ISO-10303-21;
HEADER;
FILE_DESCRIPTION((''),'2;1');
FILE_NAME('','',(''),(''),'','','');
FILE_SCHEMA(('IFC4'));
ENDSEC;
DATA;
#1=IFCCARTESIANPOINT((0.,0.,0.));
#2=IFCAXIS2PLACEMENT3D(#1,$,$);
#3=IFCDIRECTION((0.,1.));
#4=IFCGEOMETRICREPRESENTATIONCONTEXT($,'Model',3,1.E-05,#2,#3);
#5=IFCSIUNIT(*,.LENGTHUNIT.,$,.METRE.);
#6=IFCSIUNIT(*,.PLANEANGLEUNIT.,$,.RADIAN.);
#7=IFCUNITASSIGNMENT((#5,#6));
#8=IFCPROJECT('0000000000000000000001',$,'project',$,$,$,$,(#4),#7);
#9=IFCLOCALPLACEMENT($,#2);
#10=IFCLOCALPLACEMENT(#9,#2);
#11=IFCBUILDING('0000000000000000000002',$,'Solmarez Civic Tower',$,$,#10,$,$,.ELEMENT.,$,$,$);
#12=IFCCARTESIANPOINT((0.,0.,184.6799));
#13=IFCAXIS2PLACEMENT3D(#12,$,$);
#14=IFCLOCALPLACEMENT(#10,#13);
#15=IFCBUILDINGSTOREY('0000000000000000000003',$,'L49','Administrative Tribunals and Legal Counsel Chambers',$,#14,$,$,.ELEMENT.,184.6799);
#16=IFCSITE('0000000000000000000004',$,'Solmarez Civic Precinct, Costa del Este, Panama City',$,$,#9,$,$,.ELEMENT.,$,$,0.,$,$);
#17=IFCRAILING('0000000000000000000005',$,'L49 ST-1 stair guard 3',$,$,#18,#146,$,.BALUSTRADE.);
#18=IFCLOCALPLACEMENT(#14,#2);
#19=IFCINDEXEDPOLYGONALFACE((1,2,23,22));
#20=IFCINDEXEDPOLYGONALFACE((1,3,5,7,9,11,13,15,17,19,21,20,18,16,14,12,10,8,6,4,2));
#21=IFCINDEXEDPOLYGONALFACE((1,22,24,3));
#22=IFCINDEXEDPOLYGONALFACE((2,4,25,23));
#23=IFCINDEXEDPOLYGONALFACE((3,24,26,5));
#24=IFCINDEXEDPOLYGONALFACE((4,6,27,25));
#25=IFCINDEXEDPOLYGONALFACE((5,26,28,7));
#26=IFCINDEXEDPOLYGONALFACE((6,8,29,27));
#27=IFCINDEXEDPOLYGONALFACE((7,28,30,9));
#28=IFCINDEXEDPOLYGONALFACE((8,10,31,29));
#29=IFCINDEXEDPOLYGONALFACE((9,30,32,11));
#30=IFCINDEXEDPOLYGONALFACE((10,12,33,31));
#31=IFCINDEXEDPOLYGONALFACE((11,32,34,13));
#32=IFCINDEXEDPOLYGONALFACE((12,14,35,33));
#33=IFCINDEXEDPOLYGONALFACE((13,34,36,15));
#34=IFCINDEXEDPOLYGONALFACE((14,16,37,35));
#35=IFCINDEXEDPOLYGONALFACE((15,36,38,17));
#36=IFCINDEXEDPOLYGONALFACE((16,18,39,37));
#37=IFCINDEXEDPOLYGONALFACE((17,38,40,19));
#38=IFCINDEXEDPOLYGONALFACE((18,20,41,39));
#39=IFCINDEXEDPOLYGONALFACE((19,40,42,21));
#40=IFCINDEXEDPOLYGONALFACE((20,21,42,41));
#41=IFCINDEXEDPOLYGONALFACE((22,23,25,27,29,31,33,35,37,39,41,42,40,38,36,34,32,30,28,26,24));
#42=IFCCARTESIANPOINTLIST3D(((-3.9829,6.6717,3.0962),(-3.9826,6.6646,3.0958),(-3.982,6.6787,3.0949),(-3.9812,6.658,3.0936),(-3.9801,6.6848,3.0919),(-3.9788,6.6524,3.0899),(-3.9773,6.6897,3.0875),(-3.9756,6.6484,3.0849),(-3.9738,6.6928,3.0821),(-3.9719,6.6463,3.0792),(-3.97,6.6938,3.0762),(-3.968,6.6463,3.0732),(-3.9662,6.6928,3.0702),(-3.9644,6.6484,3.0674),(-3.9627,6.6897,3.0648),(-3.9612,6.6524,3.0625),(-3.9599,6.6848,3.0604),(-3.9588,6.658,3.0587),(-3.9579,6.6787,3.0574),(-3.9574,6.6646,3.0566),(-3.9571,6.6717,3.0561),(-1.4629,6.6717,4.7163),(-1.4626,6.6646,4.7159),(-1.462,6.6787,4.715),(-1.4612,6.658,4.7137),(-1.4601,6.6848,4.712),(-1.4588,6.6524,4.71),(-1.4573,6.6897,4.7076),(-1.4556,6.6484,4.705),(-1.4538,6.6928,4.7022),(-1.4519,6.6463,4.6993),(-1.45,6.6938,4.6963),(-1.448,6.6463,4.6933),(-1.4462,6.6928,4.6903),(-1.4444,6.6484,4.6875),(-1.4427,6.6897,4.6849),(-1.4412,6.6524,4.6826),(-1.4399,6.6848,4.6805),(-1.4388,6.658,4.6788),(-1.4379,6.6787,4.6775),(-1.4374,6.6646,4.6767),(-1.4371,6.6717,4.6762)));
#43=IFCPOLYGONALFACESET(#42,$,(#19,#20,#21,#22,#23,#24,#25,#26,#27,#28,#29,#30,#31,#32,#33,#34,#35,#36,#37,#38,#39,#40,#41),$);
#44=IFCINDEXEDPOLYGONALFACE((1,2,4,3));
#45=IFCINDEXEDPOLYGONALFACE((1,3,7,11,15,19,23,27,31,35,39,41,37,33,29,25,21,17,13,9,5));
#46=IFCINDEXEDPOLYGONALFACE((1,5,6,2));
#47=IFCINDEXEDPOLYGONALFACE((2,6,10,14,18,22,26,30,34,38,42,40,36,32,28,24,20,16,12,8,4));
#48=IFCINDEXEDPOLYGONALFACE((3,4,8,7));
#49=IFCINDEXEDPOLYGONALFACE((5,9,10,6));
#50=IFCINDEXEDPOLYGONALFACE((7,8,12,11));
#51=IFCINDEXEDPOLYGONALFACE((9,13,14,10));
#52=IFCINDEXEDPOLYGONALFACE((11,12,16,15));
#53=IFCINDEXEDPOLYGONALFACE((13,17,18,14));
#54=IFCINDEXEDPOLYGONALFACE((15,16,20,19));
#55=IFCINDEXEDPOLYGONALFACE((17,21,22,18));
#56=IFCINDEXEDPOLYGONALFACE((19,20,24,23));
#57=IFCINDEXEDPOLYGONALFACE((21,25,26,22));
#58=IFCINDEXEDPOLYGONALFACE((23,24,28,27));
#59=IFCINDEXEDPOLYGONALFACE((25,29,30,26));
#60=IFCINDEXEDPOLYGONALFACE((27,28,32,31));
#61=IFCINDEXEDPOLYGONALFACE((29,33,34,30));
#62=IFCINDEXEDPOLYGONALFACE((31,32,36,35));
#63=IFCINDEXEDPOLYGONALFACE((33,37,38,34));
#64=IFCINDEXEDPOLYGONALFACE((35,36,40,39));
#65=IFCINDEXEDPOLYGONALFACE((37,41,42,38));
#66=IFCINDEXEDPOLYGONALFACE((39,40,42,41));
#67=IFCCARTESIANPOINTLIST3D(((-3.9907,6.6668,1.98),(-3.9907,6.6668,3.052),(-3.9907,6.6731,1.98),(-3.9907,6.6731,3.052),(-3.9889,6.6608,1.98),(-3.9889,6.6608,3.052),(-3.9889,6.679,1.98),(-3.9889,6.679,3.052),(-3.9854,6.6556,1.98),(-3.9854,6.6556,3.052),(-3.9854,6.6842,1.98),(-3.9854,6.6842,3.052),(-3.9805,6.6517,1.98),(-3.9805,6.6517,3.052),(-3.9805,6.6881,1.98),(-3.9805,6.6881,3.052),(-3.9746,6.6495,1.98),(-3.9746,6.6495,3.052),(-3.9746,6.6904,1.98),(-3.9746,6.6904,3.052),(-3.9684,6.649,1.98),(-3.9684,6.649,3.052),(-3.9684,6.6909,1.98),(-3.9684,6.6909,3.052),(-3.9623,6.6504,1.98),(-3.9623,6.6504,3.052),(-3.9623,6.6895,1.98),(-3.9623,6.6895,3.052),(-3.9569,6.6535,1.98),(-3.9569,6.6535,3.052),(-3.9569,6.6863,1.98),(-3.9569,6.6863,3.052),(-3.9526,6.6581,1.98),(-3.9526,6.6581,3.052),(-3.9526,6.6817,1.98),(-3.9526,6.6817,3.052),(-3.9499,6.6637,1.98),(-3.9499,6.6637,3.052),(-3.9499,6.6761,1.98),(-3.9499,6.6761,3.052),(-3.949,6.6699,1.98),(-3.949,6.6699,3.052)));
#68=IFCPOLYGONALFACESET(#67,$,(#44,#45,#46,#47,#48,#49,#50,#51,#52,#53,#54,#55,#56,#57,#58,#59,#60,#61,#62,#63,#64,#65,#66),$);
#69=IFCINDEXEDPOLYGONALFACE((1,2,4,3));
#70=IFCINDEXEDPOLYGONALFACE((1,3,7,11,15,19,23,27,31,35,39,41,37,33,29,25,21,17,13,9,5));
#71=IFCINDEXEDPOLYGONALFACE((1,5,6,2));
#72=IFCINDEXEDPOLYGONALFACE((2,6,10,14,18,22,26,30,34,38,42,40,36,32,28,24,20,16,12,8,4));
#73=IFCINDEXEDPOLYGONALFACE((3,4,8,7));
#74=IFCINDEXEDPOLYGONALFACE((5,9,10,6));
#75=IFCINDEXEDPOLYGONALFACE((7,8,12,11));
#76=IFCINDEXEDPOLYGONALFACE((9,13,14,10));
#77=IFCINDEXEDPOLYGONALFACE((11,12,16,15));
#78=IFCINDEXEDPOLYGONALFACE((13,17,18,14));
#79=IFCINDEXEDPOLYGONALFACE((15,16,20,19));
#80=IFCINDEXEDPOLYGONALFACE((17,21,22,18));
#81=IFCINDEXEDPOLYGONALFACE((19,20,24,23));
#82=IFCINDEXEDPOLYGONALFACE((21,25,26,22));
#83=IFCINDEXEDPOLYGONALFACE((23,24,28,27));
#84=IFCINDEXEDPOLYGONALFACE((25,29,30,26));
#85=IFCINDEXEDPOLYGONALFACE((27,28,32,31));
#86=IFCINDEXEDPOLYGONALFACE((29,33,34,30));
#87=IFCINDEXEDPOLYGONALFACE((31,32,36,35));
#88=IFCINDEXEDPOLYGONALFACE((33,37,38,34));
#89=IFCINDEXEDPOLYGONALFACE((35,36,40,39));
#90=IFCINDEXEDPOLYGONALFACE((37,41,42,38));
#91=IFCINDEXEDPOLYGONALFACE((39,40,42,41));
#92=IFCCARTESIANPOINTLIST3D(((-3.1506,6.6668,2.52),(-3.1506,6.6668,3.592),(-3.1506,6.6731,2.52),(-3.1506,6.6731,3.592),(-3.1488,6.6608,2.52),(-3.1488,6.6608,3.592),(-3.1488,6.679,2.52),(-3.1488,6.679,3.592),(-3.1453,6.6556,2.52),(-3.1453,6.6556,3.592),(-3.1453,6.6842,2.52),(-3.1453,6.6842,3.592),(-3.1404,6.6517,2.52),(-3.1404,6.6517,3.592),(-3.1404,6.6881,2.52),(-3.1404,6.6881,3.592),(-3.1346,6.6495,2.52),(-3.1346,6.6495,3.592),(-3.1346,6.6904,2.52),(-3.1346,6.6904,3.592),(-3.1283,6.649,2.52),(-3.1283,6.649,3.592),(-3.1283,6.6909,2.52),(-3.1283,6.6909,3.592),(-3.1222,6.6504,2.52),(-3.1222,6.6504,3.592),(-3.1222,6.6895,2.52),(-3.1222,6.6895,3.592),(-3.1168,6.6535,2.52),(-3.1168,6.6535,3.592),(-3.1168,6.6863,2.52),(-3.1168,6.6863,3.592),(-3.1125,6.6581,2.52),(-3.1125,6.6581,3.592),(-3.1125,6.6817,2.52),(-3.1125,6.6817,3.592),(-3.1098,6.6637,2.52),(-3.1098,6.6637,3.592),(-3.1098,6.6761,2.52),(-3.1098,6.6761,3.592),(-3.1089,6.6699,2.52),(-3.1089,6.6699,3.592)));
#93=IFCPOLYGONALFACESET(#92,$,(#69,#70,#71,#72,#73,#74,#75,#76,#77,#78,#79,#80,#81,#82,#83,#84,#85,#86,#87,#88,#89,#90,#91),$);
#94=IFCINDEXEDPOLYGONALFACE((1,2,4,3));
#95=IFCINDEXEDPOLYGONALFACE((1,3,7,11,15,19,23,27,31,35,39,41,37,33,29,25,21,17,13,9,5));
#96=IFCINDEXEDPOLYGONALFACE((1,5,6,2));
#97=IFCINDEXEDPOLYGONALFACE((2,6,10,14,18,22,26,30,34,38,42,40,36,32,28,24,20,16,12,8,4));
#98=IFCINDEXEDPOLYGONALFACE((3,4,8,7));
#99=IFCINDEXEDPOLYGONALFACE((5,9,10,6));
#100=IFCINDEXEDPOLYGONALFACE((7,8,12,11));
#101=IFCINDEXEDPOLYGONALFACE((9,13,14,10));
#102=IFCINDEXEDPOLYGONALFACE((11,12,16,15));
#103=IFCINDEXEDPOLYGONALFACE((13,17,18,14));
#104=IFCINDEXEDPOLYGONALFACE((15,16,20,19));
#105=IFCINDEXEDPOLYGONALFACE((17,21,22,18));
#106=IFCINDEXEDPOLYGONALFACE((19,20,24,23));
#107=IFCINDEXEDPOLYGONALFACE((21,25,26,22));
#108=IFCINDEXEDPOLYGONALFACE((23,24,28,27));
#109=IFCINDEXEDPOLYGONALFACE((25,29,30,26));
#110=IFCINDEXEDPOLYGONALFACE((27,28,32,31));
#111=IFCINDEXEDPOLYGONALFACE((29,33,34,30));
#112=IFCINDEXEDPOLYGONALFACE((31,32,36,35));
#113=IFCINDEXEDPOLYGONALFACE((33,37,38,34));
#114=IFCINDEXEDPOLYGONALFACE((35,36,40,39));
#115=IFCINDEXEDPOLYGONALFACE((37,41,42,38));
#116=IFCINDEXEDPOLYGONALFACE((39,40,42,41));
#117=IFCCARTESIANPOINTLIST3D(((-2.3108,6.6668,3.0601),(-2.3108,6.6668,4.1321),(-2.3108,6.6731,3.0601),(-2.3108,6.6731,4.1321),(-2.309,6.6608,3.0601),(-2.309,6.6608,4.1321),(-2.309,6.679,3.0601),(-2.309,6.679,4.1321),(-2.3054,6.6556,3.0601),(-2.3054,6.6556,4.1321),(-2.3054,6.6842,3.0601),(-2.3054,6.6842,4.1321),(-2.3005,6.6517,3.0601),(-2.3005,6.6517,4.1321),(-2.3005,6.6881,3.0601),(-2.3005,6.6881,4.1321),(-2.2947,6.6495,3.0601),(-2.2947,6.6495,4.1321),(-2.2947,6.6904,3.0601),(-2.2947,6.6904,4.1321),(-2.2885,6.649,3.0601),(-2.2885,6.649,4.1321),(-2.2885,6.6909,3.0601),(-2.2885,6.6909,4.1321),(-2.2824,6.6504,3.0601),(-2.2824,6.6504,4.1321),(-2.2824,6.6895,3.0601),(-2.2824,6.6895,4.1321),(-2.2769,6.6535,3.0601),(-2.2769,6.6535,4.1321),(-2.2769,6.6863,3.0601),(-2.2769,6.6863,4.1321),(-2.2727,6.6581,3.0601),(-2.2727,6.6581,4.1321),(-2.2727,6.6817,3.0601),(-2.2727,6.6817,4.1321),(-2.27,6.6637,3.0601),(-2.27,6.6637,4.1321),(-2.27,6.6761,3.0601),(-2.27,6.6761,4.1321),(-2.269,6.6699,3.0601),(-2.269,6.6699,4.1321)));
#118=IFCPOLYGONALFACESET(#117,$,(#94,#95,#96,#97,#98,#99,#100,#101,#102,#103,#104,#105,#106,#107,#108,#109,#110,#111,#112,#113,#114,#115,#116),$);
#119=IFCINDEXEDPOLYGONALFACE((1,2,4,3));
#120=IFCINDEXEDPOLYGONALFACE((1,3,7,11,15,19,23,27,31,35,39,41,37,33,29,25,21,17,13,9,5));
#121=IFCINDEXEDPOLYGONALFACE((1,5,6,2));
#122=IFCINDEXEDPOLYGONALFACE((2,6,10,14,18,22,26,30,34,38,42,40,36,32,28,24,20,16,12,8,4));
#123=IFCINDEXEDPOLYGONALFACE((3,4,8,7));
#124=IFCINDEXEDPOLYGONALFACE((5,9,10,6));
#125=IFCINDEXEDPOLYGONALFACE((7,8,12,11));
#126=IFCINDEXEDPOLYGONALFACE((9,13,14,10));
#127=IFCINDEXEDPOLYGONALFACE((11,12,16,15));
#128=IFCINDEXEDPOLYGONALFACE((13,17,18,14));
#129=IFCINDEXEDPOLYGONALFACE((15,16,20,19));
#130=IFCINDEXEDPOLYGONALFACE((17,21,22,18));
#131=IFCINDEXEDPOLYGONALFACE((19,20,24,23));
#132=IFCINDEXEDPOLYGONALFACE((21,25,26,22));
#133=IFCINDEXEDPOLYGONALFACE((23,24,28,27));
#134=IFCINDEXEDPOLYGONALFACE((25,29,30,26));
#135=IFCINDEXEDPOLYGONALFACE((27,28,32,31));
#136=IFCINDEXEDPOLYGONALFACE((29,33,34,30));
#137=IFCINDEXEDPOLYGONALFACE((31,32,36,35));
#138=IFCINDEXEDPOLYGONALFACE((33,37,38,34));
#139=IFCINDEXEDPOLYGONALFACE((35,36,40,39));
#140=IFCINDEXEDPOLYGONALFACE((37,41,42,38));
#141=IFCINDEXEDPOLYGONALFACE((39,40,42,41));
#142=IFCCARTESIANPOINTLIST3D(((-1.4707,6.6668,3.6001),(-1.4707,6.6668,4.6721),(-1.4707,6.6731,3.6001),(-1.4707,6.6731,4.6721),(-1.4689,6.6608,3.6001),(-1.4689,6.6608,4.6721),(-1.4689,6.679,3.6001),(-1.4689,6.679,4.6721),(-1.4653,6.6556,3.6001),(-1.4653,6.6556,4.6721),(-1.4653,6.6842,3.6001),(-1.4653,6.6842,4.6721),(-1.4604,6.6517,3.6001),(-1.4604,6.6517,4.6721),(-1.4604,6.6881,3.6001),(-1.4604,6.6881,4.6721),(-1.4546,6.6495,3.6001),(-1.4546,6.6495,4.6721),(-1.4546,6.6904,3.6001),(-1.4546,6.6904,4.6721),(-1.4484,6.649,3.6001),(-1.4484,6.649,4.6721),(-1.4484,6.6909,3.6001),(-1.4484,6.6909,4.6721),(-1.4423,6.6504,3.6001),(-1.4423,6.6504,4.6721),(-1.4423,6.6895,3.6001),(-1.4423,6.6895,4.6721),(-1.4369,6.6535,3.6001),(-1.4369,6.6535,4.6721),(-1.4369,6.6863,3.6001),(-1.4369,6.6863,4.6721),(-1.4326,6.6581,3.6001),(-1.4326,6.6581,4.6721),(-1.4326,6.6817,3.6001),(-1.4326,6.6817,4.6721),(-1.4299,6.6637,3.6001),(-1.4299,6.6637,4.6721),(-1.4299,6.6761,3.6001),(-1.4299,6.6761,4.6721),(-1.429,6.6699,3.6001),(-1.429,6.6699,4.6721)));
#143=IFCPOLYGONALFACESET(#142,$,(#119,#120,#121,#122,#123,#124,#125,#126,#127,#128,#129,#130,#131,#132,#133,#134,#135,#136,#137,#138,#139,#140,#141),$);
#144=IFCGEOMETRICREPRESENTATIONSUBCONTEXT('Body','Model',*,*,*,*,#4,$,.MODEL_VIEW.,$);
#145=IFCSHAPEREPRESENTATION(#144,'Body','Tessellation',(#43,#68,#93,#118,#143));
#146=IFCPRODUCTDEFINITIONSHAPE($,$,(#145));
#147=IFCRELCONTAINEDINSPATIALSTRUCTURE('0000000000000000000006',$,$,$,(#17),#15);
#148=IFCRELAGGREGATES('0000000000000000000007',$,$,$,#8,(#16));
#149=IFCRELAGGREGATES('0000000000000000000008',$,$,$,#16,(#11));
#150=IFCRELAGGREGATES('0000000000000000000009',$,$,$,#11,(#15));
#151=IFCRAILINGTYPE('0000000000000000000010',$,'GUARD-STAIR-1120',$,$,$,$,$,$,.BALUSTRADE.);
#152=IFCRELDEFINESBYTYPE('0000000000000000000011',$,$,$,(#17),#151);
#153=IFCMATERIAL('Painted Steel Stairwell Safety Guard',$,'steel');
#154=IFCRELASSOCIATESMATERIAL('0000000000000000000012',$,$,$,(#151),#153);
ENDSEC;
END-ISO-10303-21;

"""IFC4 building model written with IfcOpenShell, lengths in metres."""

from ifc_helpers import new_model, si_unit, direction, frame, origin, origin_2d, place, context, subcontext, project, spatial, circle, extrude, material, type_object, element, save


model = new_model("IFC4")

# Units and contexts
model_context = context("Model", 3, precision=1e-05, world=origin(), true_north=direction((0.0, 1.0)))
body_context = subcontext(model_context, "Body", "Model", "MODEL_VIEW")
ifc_project = project(units=[si_unit("LENGTHUNIT", "METRE"), si_unit("PLANEANGLEUNIT", "RADIAN")], contexts=[model_context])

# Site, building, storey
site_placement = place(None, origin())
site = spatial("IfcSite", under=ifc_project, at=site_placement, Name="Solmarez Civic Precinct, Costa del Este, Panama City", CompositionType="ELEMENT", RefElevation=0.0)
building_placement = place(site_placement, origin())
building = spatial("IfcBuilding", under=site, at=building_placement, Name="Solmarez Civic Tower", CompositionType="ELEMENT")
storey_placement = place(building_placement, frame((0.0, 0.0, 184.6799)))
storey = spatial("IfcBuildingStorey", under=building, at=storey_placement, Name="L49", Description="Administrative Tribunals and Legal Counsel Chambers", CompositionType="ELEMENT", Elevation=184.6799)

# Railing
ifc_material_1 = material(Name="Painted Steel Stairwell Safety Guard", Category="steel")
railing_type_1 = type_object("IfcRailingType", Name="GUARD-STAIR-1120", PredefinedType="BALUSTRADE", material=ifc_material_1)
railing_1_placement = place(storey_placement, frame((-3.97, 6.6699, 1.98)))
element("IfcRailing", 1, at=railing_1_placement, inside=storey, type_object=railing_type_1, Name="L49 ST-1 stair guard 3", PredefinedType="BALUSTRADE", context=body_context, shape_type="SweptSolid", body=[
    extrude(circle(Radius=0.0239, at=origin_2d()), frame((0.0, 0.0, 1.0962), z_axis=(0.841163, 0.0, 0.540782), x_axis=(0.0, 1.0, 0.0)), (0.0, 0.0, 1.0), 2.9958),
    extrude(circle(Radius=0.021, at=origin_2d()), origin(), (0.0, 0.0, 1.0), 1.072),
    extrude(circle(Radius=0.021, at=origin_2d()), frame((0.8401, 0.0, 0.54)), (0.0, 0.0, 1.0), 1.072),
    extrude(circle(Radius=0.021, at=origin_2d()), frame((1.6799, 0.0, 1.0801)), (0.0, 0.0, 1.0), 1.072),
    extrude(circle(Radius=0.021, at=origin_2d()), frame((2.52, 0.0, 1.6201)), (0.0, 0.0, 1.0), 1.072),
])

save(model, "model.ifc")
